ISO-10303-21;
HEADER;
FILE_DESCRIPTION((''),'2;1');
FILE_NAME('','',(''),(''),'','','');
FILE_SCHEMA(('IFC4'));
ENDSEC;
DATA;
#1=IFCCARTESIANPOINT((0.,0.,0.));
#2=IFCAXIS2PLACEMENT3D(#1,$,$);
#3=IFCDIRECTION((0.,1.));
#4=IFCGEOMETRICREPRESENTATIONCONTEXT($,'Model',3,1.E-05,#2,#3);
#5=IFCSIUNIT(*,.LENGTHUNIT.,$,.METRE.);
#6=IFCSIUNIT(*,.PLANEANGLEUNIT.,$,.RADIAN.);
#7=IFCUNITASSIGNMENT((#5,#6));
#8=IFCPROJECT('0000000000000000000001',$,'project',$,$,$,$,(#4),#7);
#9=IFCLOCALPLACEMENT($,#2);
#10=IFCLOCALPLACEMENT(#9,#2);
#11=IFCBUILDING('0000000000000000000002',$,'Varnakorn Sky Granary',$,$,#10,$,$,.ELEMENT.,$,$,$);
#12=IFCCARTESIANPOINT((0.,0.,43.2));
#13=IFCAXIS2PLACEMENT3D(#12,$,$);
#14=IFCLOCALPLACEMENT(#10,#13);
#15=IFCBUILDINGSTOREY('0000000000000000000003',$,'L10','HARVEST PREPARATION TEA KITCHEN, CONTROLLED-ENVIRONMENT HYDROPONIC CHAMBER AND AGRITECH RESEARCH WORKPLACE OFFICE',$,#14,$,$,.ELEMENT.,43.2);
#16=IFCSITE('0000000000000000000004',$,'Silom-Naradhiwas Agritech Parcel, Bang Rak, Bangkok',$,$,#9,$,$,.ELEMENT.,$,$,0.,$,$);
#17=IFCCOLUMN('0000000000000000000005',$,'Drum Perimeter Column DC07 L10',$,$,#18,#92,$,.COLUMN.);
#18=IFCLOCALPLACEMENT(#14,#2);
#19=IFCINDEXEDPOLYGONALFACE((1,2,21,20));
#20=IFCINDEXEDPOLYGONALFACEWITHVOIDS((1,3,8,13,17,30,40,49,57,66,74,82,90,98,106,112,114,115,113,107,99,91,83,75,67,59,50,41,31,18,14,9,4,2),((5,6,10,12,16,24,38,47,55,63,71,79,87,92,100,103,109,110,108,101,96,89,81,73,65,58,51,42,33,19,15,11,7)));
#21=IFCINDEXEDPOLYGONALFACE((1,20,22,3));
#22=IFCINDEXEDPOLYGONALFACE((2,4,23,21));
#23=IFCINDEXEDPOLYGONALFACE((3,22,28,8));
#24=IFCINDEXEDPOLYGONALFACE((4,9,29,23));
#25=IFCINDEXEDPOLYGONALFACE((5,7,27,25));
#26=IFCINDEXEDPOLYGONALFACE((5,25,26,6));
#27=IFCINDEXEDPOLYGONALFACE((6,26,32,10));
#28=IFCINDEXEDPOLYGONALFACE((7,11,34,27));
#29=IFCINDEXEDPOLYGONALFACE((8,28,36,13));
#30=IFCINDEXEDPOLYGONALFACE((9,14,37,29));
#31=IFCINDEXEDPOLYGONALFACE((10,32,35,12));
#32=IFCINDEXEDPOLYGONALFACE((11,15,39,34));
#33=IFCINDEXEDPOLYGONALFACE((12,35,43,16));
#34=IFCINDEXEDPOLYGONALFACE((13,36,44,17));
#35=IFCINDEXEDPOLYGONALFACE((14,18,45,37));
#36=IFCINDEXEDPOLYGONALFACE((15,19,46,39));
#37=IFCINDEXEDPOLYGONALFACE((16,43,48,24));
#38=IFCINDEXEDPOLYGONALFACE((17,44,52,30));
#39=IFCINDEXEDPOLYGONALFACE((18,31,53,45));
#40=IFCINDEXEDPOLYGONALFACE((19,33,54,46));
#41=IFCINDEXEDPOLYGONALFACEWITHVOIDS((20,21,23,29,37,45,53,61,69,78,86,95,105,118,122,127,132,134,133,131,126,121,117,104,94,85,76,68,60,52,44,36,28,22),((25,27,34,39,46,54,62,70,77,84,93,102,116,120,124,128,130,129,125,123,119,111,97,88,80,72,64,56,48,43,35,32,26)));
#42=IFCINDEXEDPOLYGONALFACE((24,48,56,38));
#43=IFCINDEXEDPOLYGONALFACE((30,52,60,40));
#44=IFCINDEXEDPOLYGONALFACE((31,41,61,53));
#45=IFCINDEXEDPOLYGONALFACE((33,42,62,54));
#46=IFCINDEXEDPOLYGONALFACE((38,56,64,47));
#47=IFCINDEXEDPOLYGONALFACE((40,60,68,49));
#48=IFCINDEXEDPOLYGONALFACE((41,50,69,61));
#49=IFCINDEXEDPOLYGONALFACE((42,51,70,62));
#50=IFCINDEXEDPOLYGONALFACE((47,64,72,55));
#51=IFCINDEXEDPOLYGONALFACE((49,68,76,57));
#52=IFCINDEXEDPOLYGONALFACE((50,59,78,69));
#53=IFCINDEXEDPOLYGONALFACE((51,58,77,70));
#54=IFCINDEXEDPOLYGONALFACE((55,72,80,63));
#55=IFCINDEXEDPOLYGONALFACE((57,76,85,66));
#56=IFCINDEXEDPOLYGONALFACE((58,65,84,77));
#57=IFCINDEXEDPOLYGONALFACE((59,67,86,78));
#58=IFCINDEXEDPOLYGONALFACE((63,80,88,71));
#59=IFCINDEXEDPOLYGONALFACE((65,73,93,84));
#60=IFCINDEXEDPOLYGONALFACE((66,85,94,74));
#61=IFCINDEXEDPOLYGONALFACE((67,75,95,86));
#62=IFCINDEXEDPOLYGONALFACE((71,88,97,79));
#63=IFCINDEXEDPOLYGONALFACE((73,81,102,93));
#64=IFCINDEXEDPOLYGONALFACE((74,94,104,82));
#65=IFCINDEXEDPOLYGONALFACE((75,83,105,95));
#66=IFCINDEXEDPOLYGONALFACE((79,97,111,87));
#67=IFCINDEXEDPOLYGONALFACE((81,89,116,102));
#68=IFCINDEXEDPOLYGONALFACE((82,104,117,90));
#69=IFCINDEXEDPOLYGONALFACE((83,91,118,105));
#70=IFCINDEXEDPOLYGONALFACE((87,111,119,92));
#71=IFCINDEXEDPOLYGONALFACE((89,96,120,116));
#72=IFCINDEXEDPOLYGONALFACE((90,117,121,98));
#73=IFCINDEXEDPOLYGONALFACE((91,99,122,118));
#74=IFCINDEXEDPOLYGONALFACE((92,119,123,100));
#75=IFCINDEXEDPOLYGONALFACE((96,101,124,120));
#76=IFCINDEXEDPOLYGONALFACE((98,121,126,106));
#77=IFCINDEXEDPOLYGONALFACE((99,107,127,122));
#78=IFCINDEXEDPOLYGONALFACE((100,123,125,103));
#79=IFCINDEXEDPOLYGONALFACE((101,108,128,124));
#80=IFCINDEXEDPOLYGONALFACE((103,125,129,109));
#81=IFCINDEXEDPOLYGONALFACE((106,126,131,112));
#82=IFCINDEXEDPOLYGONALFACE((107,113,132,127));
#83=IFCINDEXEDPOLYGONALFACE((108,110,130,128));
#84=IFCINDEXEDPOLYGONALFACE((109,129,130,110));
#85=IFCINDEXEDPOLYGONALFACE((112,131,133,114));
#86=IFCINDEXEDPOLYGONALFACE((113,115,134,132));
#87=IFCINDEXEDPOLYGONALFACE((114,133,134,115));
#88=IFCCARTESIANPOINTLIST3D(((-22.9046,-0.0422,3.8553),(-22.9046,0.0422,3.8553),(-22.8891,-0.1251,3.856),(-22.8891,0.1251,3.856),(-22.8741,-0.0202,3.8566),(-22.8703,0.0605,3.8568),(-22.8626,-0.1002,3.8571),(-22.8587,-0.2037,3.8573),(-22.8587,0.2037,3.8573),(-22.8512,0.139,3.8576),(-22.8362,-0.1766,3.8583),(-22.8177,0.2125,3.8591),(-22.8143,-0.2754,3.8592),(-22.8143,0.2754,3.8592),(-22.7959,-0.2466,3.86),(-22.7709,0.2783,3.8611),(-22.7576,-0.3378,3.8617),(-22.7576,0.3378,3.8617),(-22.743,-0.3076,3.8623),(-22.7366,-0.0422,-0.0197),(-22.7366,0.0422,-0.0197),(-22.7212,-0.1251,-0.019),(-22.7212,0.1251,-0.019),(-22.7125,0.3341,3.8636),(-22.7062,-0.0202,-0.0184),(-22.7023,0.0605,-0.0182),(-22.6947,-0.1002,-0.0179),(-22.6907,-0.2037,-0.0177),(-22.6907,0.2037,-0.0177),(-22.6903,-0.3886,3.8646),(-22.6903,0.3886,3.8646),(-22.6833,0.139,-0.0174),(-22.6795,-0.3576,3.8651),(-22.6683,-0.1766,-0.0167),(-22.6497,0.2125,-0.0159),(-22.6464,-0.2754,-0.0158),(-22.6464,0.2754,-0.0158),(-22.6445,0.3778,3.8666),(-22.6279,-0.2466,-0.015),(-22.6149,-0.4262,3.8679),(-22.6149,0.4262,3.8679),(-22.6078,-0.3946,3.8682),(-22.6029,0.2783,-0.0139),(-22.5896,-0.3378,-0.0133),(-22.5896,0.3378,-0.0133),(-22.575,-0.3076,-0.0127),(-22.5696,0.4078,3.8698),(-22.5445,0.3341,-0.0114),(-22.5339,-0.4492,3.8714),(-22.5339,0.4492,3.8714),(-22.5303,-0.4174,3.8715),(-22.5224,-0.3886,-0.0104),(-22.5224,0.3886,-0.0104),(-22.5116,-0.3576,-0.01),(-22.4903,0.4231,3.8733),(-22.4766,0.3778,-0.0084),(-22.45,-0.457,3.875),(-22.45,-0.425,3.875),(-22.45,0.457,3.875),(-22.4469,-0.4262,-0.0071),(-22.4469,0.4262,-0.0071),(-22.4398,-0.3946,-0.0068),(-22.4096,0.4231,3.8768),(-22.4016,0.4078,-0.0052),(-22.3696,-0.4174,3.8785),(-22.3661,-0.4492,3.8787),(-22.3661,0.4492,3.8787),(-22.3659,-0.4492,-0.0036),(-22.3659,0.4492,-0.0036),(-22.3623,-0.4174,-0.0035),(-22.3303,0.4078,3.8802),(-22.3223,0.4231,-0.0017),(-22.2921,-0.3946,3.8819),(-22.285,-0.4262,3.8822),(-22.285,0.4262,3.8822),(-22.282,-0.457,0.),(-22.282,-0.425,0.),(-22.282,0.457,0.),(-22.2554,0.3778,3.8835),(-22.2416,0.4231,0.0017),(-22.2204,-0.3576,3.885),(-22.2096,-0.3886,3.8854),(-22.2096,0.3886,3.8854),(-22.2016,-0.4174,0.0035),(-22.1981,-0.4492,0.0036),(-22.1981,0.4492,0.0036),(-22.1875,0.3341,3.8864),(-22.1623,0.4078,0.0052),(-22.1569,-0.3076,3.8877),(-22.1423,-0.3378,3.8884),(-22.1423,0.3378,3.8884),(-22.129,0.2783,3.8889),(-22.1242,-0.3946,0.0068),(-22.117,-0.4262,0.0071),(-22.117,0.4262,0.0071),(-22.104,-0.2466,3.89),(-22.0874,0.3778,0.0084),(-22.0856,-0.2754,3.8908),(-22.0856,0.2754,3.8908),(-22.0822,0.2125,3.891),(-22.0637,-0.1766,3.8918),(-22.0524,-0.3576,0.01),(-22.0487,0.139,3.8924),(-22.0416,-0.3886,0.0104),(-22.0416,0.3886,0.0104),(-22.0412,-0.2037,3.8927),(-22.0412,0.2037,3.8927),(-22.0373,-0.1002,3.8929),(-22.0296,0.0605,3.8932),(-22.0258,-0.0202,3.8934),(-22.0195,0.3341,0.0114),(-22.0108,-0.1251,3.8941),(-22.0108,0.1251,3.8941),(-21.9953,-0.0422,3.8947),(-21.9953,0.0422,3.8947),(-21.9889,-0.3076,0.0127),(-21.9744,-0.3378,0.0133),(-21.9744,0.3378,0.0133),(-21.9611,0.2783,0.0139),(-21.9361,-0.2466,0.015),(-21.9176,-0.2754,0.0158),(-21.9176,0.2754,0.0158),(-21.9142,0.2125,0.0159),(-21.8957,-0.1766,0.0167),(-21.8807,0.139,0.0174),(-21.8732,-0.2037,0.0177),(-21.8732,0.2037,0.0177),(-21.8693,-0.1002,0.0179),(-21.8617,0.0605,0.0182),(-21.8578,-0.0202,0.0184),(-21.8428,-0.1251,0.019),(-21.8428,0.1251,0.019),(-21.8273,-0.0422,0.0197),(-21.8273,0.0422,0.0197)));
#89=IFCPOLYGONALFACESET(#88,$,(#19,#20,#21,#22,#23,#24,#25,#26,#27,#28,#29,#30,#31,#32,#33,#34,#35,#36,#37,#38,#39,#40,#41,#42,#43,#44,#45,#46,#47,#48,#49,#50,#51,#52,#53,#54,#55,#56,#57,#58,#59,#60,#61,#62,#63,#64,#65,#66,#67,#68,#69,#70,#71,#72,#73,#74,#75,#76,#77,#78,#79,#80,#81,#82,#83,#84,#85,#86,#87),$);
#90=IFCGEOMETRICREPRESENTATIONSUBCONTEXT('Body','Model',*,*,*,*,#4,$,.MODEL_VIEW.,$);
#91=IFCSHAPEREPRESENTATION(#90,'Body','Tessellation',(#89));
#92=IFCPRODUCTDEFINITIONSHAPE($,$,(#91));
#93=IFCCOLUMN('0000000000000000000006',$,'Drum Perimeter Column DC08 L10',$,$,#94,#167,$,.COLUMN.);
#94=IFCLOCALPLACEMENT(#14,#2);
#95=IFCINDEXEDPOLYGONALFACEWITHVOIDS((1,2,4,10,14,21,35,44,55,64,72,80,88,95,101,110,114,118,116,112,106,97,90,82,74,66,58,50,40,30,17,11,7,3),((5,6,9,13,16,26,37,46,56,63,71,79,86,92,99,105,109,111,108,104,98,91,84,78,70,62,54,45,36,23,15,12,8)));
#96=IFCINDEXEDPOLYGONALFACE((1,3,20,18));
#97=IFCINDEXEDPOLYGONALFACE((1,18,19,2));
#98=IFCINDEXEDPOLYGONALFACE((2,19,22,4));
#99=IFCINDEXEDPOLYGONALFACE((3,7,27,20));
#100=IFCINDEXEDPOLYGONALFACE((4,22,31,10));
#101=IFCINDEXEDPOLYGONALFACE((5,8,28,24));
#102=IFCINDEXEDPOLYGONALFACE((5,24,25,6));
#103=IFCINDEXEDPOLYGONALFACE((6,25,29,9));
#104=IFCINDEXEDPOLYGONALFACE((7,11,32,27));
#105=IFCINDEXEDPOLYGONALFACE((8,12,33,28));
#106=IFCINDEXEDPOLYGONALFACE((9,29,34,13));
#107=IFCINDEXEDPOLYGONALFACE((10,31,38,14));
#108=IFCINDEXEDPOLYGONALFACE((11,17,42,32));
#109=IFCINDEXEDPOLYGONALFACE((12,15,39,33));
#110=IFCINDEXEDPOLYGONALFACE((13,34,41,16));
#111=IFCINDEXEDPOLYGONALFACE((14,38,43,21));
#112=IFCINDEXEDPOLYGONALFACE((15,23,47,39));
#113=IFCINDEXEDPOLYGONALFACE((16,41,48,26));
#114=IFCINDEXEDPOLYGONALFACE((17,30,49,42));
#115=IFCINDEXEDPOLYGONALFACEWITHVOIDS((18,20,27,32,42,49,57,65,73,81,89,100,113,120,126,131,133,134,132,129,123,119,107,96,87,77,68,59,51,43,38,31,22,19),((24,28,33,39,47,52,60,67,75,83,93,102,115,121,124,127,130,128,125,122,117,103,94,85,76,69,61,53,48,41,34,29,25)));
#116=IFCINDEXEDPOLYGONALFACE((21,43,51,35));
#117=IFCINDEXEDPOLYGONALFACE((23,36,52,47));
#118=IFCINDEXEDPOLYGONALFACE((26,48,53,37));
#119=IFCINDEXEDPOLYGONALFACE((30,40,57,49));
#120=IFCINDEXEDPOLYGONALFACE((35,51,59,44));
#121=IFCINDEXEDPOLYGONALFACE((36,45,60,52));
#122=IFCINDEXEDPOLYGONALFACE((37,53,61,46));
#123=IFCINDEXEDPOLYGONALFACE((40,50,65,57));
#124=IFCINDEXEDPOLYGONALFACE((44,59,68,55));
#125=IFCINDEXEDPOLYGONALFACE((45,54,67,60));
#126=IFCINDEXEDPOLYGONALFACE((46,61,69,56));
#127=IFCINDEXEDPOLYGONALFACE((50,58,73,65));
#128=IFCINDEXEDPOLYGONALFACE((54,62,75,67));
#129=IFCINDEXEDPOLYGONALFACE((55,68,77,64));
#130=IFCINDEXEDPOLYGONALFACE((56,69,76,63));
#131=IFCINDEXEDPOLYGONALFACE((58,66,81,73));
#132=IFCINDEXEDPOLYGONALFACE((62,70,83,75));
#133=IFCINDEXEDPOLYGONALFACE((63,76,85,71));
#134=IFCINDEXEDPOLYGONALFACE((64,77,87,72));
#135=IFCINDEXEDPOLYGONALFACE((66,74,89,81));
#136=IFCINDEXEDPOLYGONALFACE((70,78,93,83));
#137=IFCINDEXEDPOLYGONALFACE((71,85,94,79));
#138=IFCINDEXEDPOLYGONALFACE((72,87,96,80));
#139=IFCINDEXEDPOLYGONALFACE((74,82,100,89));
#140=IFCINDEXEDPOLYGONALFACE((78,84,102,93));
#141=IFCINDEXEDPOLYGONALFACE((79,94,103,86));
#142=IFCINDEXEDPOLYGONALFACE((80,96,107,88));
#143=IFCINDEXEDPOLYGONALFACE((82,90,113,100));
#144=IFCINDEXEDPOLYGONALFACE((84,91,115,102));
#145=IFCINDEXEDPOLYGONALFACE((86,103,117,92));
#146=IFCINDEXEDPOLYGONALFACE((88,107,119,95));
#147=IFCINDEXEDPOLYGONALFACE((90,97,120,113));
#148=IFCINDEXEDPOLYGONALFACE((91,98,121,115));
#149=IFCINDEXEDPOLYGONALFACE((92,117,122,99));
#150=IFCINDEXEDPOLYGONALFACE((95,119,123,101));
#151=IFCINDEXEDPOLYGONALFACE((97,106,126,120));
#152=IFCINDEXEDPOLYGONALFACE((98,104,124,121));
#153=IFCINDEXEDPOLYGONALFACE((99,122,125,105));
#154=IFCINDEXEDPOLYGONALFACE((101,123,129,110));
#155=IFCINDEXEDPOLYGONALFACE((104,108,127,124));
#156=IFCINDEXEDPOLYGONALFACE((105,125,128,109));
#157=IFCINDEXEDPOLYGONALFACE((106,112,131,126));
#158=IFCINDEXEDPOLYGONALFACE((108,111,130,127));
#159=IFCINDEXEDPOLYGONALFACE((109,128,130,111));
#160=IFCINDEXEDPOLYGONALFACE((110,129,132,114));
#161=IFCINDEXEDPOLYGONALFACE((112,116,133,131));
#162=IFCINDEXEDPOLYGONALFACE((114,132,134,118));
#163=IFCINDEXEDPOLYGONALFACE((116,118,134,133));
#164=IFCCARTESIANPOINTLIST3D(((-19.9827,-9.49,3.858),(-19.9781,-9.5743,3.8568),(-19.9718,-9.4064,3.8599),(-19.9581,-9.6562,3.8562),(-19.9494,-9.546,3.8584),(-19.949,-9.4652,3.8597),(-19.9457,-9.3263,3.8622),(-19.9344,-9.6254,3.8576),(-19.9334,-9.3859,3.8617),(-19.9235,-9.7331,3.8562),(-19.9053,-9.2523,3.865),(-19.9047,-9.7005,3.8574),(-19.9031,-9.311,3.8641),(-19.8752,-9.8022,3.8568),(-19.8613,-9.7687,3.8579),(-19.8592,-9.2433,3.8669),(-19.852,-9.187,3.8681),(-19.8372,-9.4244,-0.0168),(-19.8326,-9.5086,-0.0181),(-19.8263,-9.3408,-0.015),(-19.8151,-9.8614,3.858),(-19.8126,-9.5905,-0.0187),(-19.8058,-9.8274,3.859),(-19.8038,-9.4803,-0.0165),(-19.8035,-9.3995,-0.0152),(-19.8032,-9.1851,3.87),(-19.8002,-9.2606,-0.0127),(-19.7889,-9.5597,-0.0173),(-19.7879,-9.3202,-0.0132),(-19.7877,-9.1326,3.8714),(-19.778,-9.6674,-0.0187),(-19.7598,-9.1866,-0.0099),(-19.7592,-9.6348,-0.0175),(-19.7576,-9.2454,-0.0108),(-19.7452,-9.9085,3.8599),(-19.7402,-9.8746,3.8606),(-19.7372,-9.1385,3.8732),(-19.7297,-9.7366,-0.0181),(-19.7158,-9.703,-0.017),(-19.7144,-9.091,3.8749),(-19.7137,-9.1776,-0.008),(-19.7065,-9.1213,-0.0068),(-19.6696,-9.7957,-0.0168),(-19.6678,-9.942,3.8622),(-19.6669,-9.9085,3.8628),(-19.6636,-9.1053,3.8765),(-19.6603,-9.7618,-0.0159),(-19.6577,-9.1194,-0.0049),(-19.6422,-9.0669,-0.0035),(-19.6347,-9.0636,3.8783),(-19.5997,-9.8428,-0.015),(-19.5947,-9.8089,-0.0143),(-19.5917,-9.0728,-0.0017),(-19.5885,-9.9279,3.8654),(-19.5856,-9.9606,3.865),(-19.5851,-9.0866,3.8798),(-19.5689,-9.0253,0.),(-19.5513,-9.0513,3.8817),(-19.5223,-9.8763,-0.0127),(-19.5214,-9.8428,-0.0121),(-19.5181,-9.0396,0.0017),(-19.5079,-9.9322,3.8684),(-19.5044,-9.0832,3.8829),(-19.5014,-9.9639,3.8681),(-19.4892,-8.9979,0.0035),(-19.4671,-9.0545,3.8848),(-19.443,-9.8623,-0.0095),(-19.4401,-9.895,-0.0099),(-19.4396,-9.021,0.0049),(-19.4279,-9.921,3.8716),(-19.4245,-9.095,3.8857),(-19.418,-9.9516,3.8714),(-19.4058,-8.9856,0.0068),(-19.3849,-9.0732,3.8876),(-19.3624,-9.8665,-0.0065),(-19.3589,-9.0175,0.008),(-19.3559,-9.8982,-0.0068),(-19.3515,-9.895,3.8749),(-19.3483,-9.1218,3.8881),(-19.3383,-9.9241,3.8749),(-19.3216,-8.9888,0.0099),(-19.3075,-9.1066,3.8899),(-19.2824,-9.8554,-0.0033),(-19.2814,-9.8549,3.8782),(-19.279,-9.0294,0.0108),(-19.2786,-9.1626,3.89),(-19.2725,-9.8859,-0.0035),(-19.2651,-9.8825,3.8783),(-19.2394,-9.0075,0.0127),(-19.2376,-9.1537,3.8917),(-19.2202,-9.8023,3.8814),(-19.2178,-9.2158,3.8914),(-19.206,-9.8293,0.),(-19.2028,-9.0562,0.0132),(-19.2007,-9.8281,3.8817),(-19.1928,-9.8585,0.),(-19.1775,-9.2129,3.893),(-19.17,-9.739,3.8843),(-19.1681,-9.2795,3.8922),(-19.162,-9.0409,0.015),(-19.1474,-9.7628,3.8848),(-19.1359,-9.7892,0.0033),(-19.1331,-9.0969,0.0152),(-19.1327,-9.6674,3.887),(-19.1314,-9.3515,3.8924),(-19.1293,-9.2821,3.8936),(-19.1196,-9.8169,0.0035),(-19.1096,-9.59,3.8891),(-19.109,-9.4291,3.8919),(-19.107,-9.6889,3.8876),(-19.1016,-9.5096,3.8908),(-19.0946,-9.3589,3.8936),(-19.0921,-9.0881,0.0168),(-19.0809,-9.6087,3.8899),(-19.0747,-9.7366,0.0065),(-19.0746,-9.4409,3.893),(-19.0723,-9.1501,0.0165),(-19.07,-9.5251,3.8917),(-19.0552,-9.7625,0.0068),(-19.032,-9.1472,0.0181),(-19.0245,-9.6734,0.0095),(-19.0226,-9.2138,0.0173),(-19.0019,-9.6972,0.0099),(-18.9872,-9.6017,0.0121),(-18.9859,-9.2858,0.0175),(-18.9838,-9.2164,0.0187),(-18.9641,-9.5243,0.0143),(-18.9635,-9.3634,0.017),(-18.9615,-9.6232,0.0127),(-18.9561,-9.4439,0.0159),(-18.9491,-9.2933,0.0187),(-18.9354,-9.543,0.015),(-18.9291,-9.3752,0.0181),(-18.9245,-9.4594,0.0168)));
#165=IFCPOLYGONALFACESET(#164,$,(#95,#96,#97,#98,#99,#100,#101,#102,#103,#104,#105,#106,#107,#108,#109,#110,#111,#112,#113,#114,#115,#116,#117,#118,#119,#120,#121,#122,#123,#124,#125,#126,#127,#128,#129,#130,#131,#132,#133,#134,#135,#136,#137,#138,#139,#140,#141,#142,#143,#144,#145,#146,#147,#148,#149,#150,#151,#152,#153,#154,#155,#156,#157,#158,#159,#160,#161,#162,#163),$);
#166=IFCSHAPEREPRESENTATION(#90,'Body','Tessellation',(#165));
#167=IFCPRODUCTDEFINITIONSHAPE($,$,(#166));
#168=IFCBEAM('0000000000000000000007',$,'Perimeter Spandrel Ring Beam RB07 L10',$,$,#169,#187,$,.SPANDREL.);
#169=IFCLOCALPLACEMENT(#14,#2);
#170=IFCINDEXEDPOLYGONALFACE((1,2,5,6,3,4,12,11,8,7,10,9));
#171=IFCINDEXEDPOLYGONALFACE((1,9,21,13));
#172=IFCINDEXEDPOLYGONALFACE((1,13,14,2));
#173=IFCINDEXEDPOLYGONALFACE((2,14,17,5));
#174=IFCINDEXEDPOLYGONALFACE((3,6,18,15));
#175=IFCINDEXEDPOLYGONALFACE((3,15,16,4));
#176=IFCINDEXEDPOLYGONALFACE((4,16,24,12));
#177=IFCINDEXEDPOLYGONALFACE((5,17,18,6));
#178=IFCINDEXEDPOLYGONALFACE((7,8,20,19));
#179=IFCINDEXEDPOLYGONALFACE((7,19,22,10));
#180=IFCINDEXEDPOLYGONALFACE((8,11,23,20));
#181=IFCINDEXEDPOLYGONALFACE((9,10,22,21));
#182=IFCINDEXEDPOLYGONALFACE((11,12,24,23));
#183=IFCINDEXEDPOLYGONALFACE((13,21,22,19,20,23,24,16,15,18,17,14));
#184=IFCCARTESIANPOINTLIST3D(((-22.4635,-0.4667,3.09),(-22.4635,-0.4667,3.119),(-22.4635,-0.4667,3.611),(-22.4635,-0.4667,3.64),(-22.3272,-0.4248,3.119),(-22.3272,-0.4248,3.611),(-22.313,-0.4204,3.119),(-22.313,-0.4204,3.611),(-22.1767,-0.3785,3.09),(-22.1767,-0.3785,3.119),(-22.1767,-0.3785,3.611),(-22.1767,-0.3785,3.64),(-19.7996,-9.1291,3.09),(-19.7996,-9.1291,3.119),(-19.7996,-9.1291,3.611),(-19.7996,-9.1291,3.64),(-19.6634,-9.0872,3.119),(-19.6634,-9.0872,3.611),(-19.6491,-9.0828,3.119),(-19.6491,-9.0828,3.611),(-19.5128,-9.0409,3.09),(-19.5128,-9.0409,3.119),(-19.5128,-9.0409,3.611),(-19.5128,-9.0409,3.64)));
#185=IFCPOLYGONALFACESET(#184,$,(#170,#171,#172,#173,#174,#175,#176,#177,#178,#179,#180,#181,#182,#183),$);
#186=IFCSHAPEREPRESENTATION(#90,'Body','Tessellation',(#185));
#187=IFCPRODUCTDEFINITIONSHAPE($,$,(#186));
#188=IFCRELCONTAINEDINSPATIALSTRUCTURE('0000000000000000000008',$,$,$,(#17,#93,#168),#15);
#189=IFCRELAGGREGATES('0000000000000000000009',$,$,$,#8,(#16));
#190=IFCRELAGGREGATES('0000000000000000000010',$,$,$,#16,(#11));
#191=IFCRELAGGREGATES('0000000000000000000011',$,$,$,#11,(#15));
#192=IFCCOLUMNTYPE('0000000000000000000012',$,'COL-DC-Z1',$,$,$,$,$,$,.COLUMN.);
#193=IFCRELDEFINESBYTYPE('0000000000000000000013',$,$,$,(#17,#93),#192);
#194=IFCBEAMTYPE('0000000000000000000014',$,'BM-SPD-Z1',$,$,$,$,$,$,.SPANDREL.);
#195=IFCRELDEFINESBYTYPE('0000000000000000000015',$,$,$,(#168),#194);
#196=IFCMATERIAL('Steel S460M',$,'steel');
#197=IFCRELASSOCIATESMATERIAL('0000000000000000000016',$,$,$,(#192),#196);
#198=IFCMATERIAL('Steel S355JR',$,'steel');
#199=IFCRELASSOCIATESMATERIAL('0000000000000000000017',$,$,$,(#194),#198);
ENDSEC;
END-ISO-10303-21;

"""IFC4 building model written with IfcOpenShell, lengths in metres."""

from ifc_helpers import new_model, si_unit, direction, frame, origin, origin_2d, place, context, subcontext, project, spatial, hollow_circle, i_section, extrude, material, material_profile, profile_set, type_object, element, save


model = new_model("IFC4")

# Units and contexts
model_context = context("Model", 3, precision=1e-05, world=origin(), true_north=direction((0.0, 1.0)))
body_context = subcontext(model_context, "Body", "Model", "MODEL_VIEW")
ifc_project = project(units=[si_unit("LENGTHUNIT", "METRE"), si_unit("PLANEANGLEUNIT", "RADIAN")], contexts=[model_context])

# Site, building, storey
site_placement = place(None, origin())
site = spatial("IfcSite", under=ifc_project, at=site_placement, Name="Silom-Naradhiwas Agritech Parcel, Bang Rak, Bangkok", CompositionType="ELEMENT", RefElevation=0.0)
building_placement = place(site_placement, origin())
building = spatial("IfcBuilding", under=site, at=building_placement, Name="Varnakorn Sky Granary", CompositionType="ELEMENT")
storey_placement = place(building_placement, frame((0.0, 0.0, 43.2)))
storey = spatial("IfcBuildingStorey", under=building, at=storey_placement, Name="L10", Description="HARVEST PREPARATION TEA KITCHEN, CONTROLLED-ENVIRONMENT HYDROPONIC CHAMBER AND AGRITECH RESEARCH WORKPLACE OFFICE", CompositionType="ELEMENT", Elevation=43.2)

# Columns
ifc_material_1 = material(Name="Steel S460M", Category="steel")
ifc_material_profile_1 = material_profile(ifc_material_1, hollow_circle(Radius=0.457, WallThickness=0.032, at=origin_2d()), Name="CHS 914x32")
ifc_profile_set_1 = profile_set([ifc_material_profile_1], Name="Steel S460M")
column_type = type_object("IfcColumnType", Name="COL-DC-Z1", PredefinedType="COLUMN", material=ifc_profile_set_1)
column_1_placement = place(storey_placement, frame((-22.282, 0.0, 0.0), z_axis=(-0.043306, 0.0, 0.999062), x_axis=(0.0, -1.0, 0.0)))
element("IfcColumn", 1, at=column_1_placement, inside=storey, type_object=column_type, Name="Drum Perimeter Column DC07 L10", PredefinedType="COLUMN", context=body_context, shape_type="SweptSolid", body=[
    extrude(hollow_circle(Radius=0.457, WallThickness=0.032, at=origin_2d()), origin(), (0.0, 0.0, 1.0), 3.8787),
])
column_2_placement = place(storey_placement, frame((-19.3809, -9.4419, 0.0), z_axis=(-0.037519, -0.016934, 0.999152), x_axis=(0.411382, -0.911463, 0.0)))
element("IfcColumn", 2, at=column_2_placement, inside=storey, type_object=column_type, Name="Drum Perimeter Column DC08 L10", PredefinedType="COLUMN", context=body_context, shape_type="SweptSolid", body=[
    extrude(hollow_circle(Radius=0.457, WallThickness=0.032, at=origin_2d()), origin(), (0.0, 0.0, 1.0), 3.8782),
])

# Beam
ifc_material_2 = material(Name="Steel S355JR", Category="steel")
ifc_material_profile_2 = material_profile(ifc_material_2, i_section(OverallWidth=0.3, OverallDepth=0.55, WebThickness=0.0149, FlangeThickness=0.0291, at=origin_2d()), Name="HE 550 B")
ifc_profile_set_2 = profile_set([ifc_material_profile_2], Name="Steel S355JR")
beam_type = type_object("IfcBeamType", Name="BM-SPD-Z1", PredefinedType="SPANDREL", material=ifc_profile_set_2)
beam_1_placement = place(storey_placement, frame((-22.3201, -0.4226, 3.365), z_axis=(0.293933, -0.955826, 0.0), x_axis=(0.955826, 0.293933, 0.0)))
element("IfcBeam", 3, at=beam_1_placement, inside=storey, type_object=beam_type, Name="Perimeter Spandrel Ring Beam RB07 L10", PredefinedType="SPANDREL", context=body_context, shape_type="SweptSolid", body=[
    extrude(i_section(OverallWidth=0.3, OverallDepth=0.55, WebThickness=0.0149, FlangeThickness=0.0291, at=origin_2d()), origin(), (0.0, 0.0, 1.0), 9.0627),
])

save(model, "model.ifc")
